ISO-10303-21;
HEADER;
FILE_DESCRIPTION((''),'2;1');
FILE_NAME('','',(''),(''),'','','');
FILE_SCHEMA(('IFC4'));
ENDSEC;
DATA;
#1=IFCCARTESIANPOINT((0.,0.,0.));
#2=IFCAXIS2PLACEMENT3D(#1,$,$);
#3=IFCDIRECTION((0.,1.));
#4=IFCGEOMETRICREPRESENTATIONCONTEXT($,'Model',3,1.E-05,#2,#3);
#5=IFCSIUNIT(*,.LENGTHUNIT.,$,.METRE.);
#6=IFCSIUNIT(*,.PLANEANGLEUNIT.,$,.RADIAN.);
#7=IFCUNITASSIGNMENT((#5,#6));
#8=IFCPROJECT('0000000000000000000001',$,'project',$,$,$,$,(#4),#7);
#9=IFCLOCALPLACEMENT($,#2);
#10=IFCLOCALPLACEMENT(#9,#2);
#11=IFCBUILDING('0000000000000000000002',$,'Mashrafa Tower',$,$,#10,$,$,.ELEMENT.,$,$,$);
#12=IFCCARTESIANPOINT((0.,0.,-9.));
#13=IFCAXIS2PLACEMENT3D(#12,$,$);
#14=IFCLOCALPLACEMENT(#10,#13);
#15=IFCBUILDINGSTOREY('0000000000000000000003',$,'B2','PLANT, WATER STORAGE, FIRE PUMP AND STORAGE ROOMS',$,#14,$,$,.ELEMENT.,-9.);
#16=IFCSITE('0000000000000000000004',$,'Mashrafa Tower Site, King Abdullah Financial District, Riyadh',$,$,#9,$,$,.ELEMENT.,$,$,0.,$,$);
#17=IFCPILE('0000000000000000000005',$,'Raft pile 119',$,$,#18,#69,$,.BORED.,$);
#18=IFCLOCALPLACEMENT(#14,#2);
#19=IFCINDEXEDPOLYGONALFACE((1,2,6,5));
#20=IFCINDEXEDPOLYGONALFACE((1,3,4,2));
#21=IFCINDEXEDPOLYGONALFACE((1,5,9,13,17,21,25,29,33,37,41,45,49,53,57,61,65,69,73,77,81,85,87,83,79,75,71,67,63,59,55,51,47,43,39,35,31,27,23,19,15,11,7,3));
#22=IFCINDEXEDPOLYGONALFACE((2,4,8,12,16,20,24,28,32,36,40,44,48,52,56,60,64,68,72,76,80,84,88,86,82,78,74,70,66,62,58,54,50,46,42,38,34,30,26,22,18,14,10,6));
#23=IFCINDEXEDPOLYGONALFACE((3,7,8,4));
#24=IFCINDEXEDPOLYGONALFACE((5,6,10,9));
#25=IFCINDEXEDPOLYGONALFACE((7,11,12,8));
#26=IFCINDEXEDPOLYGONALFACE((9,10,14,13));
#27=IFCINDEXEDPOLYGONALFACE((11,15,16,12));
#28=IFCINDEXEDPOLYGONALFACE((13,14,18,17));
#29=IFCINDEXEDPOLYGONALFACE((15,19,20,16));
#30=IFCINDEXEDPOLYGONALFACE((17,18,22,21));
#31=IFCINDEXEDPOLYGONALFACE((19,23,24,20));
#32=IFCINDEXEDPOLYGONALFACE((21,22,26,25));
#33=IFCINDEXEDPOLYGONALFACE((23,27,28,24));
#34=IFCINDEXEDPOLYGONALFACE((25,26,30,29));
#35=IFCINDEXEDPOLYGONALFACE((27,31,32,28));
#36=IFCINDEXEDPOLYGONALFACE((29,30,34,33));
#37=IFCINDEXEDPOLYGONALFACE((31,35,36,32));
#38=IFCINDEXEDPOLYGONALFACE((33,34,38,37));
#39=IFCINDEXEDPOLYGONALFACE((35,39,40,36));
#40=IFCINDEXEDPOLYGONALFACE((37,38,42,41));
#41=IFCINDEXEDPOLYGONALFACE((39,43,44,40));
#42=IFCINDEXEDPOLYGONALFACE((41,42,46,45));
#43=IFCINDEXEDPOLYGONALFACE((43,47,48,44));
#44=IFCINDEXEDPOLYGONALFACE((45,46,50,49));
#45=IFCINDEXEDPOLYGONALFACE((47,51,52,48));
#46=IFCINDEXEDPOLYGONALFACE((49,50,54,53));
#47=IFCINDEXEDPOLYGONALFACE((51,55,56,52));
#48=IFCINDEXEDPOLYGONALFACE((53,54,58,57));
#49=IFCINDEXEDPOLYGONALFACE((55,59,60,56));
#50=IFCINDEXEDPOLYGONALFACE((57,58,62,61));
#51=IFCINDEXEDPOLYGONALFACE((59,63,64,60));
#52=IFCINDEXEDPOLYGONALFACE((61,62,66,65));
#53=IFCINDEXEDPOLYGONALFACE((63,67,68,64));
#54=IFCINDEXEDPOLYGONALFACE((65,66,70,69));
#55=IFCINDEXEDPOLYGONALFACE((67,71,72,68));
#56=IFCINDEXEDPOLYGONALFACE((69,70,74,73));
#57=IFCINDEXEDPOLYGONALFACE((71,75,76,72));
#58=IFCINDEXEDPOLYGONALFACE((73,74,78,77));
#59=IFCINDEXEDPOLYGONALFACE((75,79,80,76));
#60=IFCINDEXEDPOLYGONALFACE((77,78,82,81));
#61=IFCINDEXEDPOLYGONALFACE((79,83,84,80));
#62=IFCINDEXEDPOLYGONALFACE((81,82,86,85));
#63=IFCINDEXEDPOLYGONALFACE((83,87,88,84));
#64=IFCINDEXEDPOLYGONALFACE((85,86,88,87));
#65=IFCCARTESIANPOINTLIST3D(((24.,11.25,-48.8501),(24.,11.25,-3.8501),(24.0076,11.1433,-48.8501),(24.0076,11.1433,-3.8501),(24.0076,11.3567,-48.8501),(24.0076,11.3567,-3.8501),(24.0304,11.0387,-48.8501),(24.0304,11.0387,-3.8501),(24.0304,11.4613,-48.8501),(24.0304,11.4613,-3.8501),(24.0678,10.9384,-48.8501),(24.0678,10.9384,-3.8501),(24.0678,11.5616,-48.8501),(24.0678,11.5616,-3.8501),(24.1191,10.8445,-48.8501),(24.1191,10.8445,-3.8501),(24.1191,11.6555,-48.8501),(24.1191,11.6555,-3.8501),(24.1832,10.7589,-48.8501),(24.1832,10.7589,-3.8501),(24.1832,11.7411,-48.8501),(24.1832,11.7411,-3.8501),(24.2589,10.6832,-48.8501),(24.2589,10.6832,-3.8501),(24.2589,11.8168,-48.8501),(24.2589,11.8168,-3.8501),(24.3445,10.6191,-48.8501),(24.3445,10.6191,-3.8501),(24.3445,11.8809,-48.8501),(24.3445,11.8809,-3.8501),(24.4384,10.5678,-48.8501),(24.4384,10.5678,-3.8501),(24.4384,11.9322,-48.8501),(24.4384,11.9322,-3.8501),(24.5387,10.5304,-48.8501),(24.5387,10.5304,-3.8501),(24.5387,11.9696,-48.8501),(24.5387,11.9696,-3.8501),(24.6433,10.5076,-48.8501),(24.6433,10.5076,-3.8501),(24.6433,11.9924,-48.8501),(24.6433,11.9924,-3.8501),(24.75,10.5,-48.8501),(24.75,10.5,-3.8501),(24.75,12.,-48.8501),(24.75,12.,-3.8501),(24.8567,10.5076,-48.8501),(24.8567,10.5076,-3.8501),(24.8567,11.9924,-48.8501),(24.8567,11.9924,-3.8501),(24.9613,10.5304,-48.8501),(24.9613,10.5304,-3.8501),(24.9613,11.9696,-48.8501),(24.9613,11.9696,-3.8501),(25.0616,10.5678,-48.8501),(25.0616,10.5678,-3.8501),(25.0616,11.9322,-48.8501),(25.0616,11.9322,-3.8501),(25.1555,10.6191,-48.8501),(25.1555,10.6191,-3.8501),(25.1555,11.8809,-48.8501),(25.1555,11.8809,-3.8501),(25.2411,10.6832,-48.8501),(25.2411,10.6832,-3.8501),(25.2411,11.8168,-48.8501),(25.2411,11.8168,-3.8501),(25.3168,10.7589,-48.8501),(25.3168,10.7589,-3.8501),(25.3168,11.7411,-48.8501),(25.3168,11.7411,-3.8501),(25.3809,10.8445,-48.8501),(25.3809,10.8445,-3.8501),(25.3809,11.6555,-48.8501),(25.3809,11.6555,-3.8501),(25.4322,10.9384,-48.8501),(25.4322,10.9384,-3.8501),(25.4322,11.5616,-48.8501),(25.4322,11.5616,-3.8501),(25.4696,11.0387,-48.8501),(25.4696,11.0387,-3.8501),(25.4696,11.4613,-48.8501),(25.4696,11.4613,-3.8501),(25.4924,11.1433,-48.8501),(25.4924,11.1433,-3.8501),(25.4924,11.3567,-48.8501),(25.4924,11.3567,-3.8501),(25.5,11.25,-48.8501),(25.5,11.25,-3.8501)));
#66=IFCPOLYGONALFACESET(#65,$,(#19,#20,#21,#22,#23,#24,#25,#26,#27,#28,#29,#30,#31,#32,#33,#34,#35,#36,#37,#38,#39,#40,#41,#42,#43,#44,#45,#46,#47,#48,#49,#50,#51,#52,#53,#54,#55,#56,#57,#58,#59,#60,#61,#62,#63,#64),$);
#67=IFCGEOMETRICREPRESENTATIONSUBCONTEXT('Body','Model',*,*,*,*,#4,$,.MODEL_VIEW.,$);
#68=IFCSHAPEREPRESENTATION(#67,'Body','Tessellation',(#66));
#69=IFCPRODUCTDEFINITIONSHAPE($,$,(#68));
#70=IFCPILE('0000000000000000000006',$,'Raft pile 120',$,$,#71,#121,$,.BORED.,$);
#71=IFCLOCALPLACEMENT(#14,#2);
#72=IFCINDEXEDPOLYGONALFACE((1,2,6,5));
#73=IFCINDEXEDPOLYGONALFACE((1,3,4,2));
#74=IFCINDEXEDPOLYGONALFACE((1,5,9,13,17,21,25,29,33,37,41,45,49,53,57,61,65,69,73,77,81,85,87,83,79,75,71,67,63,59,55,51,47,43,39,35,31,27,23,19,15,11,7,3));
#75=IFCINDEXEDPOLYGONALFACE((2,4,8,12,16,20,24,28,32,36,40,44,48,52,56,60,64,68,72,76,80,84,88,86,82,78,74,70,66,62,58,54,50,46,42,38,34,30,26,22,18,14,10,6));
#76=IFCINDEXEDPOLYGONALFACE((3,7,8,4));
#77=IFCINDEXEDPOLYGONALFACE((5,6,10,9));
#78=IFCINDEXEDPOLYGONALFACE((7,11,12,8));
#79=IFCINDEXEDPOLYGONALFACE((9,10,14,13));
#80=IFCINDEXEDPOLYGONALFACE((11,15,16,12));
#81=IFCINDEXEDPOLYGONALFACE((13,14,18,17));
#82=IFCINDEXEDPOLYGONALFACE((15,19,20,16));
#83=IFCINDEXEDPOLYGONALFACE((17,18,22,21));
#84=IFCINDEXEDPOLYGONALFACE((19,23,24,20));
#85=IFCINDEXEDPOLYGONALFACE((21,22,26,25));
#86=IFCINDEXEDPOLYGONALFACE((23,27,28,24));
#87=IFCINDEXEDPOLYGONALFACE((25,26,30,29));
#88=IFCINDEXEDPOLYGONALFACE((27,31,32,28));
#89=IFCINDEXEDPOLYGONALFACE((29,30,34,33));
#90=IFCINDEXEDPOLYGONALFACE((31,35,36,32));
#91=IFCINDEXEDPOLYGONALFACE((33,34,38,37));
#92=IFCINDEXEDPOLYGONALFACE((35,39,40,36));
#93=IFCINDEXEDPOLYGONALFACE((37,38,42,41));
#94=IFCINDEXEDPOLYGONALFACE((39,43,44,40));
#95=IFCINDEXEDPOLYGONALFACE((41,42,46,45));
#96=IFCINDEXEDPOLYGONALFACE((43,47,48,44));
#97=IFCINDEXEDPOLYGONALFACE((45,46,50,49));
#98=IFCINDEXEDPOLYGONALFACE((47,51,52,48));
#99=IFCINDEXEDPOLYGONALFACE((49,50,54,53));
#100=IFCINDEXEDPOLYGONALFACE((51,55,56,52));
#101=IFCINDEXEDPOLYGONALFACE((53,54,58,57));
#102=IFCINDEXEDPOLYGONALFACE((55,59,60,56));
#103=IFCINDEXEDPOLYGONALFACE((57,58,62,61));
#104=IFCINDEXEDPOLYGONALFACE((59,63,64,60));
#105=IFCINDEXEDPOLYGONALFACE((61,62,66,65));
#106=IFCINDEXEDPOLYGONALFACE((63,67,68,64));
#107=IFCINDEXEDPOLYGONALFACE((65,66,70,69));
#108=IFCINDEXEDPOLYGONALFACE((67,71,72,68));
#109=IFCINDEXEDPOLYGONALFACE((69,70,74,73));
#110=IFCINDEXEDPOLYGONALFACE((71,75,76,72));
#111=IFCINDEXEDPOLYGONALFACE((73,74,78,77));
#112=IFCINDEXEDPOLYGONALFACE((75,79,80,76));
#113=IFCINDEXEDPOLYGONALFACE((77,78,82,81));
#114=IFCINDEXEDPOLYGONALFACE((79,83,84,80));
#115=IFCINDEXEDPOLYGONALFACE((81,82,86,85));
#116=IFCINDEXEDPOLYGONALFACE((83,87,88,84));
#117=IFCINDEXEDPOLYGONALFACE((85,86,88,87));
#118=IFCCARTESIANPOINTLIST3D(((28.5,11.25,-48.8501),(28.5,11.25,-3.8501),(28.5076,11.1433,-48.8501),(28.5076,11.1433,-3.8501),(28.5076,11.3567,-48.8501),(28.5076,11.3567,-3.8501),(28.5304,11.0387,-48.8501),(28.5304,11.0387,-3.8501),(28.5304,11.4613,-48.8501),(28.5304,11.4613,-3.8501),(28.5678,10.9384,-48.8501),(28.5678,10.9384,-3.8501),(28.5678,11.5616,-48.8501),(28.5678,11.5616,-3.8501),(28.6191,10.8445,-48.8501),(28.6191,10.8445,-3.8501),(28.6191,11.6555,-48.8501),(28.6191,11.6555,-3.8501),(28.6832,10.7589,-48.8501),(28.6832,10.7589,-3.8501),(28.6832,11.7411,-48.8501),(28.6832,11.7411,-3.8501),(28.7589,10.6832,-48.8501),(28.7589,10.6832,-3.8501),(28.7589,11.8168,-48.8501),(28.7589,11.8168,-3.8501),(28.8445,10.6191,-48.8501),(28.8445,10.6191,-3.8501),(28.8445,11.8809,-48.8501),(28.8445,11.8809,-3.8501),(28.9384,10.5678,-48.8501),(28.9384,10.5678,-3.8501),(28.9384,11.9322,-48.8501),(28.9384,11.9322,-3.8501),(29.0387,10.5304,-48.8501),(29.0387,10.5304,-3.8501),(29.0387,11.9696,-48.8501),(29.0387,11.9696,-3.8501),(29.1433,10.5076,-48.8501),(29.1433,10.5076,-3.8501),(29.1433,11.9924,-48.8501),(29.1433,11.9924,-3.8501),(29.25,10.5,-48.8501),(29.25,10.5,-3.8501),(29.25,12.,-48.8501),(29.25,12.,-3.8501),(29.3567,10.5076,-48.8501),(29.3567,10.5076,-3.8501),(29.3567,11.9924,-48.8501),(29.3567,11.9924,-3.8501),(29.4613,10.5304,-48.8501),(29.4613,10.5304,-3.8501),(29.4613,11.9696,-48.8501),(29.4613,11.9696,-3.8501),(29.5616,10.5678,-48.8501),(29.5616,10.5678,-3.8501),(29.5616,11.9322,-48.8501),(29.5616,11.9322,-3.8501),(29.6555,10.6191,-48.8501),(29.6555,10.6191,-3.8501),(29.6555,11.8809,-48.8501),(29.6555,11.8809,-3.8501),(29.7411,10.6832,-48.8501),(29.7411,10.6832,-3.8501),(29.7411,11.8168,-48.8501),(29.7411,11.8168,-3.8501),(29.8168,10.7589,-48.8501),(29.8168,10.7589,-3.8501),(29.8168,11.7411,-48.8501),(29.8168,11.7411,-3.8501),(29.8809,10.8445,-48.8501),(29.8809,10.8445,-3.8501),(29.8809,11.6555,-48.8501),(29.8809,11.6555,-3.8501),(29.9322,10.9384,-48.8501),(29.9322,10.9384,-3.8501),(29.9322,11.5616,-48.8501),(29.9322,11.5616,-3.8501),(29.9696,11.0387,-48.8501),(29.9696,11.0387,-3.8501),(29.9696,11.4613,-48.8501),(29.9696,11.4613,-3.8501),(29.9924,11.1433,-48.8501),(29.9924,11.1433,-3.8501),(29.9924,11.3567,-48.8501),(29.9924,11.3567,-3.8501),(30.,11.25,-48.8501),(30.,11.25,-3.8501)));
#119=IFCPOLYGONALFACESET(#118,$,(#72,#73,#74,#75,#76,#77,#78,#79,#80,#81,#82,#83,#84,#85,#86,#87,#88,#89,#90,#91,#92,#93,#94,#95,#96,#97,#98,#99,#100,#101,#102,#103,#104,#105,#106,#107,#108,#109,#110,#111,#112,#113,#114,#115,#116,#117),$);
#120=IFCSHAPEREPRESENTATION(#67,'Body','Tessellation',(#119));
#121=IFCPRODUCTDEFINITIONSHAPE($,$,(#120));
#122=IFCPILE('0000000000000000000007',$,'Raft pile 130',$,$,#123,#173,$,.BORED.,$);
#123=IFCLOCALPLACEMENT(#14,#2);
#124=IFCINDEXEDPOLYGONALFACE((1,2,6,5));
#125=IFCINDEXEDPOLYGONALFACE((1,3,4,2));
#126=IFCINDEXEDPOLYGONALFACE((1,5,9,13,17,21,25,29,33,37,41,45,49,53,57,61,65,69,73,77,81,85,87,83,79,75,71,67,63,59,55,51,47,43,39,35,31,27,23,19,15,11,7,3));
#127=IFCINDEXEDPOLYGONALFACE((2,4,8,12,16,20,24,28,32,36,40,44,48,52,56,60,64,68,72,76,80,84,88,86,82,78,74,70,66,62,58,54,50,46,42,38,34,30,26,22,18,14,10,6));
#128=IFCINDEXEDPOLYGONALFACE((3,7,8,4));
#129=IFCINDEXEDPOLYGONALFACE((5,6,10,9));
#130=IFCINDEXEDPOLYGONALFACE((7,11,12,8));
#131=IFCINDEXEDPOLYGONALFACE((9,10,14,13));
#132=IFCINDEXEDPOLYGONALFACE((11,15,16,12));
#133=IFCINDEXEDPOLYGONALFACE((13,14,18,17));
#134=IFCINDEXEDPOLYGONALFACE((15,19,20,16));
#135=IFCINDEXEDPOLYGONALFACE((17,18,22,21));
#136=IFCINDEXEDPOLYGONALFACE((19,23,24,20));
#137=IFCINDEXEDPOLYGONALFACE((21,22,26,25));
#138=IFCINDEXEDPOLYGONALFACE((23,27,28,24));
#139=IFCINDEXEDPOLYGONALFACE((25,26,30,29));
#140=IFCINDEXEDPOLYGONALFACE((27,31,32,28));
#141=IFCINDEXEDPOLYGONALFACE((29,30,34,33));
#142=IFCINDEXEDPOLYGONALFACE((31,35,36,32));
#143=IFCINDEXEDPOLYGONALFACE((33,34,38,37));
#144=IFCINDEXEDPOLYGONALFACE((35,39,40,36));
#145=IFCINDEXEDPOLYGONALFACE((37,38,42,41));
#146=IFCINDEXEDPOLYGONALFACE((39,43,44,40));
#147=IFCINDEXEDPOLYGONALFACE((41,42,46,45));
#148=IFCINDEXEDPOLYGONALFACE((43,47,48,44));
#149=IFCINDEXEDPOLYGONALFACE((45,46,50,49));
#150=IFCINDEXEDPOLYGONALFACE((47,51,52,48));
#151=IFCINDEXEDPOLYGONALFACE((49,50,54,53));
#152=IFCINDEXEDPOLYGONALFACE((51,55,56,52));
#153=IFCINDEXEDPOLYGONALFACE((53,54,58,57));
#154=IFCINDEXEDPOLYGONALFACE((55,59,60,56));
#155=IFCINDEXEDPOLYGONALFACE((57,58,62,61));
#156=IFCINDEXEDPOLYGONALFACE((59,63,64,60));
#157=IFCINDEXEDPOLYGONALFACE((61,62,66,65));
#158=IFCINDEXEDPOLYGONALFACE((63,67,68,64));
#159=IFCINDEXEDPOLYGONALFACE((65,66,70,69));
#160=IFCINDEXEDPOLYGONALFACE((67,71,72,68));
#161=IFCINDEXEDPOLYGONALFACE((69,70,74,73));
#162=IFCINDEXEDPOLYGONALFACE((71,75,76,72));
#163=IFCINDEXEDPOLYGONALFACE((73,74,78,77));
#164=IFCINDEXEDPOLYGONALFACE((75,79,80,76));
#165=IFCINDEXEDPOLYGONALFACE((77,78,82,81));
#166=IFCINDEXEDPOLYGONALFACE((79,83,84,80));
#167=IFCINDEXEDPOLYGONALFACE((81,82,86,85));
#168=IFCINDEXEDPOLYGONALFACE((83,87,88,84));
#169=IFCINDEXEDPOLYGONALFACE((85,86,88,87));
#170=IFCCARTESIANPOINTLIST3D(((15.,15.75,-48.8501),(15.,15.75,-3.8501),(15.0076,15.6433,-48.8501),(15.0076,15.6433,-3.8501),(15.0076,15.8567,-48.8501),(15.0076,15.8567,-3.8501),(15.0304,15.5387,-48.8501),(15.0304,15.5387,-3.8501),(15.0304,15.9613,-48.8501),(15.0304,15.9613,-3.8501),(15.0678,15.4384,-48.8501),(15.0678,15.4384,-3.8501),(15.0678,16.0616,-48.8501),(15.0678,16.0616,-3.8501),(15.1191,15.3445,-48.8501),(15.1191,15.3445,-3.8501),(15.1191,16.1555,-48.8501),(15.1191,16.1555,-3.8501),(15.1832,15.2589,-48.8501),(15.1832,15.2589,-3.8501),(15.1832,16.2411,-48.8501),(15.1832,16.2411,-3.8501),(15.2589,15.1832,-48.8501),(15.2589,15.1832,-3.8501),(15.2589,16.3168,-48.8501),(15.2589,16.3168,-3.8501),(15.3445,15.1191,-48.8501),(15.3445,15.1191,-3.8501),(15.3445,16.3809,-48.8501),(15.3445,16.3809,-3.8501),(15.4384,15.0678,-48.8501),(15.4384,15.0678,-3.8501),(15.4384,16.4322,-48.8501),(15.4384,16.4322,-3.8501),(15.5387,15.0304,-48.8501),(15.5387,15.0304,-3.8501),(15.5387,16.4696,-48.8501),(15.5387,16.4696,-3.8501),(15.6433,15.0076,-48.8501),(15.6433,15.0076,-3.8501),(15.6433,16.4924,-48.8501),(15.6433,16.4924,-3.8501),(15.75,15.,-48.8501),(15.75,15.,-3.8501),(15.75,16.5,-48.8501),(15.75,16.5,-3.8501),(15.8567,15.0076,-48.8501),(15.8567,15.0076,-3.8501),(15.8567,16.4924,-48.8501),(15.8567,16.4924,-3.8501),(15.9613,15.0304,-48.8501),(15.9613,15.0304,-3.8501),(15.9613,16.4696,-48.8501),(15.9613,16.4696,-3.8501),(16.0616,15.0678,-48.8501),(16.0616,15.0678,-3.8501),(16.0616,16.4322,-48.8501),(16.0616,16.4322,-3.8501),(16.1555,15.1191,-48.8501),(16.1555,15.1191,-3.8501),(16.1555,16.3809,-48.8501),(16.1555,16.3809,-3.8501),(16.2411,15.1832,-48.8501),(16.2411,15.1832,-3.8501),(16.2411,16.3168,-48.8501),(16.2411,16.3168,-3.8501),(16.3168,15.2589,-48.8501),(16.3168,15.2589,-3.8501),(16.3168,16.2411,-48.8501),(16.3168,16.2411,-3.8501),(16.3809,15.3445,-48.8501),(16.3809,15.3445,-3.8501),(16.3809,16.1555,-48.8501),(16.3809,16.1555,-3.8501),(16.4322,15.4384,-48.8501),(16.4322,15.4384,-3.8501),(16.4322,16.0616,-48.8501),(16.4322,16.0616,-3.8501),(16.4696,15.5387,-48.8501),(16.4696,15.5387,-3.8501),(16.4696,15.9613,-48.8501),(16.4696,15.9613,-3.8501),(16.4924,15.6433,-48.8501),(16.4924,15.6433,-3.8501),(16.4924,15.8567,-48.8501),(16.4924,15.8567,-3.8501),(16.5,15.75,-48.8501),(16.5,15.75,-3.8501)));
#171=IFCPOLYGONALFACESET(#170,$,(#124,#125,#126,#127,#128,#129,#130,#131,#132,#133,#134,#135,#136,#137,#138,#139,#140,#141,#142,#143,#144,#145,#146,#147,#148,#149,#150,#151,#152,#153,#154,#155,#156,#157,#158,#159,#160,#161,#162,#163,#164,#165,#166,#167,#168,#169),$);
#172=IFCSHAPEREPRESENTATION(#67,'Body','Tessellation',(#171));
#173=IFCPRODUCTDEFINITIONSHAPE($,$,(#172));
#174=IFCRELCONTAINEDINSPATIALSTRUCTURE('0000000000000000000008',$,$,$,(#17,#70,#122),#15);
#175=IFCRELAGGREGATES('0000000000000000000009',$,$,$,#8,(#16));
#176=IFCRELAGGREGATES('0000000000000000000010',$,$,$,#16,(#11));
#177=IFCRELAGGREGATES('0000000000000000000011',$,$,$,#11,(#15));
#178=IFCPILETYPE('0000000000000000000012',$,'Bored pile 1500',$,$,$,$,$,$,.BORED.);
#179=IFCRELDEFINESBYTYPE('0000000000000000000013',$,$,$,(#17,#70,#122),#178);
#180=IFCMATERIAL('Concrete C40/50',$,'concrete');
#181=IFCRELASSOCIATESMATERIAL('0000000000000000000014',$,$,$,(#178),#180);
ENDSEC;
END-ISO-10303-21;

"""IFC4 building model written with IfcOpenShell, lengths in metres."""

from ifc_helpers import new_model, si_unit, direction, frame, origin, origin_2d, place, context, subcontext, project, spatial, circle, extrude, material, material_profile, profile_set, type_object, element, save


model = new_model("IFC4")

# Units and contexts
model_context = context("Model", 3, precision=1e-05, world=origin(), true_north=direction((0.0, 1.0)))
body_context = subcontext(model_context, "Body", "Model", "MODEL_VIEW")
ifc_project = project(units=[si_unit("LENGTHUNIT", "METRE"), si_unit("PLANEANGLEUNIT", "RADIAN")], contexts=[model_context])

# Site, building, storey
site_placement = place(None, origin())
site = spatial("IfcSite", under=ifc_project, at=site_placement, Name="Mashrafa Tower Site, King Abdullah Financial District, Riyadh", CompositionType="ELEMENT", RefElevation=0.0)
building_placement = place(site_placement, origin())
building = spatial("IfcBuilding", under=site, at=building_placement, Name="Mashrafa Tower", CompositionType="ELEMENT")
storey_placement = place(building_placement, frame((0.0, 0.0, -9.0)))
storey = spatial("IfcBuildingStorey", under=building, at=storey_placement, Name="B2", Description="PLANT, WATER STORAGE, FIRE PUMP AND STORAGE ROOMS", CompositionType="ELEMENT", Elevation=-9.0)

# Piles
ifc_material_1 = material(Name="Concrete C40/50", Category="concrete")
ifc_material_profile_1 = material_profile(ifc_material_1, circle(Radius=0.75, at=origin_2d()), Name="1500 DIA")
ifc_profile_set_1 = profile_set([ifc_material_profile_1], Name="Concrete C40/50")
pile_type_1 = type_object("IfcPileType", Name="Bored pile 1500", PredefinedType="BORED", material=ifc_profile_set_1)
for number, where, z_axis, x_axis, name in (
    (1, (24.75, 11.25, -3.8501), (0.0, 0.0, -1.0), (1.0, 0.0, 0.0), "Raft pile 119"),
    (2, (29.25, 11.25, -3.8501), (0.0, 0.0, -1.0), (1.0, 0.0, 0.0), "Raft pile 120"),
    (3, (15.75, 15.75, -3.8501), (0.0, 0.0, -1.0), (1.0, 0.0, 0.0), "Raft pile 130"),
):
    element("IfcPile", number, at=place(storey_placement, frame(where, z_axis=z_axis, x_axis=x_axis)), inside=storey, type_object=pile_type_1, Name=name, PredefinedType="BORED", context=body_context, shape_type="SweptSolid", body=[
        extrude(circle(Radius=0.75, at=origin_2d()), origin(), (0.0, 0.0, 1.0), 45.0),
    ])

save(model, "model.ifc")
